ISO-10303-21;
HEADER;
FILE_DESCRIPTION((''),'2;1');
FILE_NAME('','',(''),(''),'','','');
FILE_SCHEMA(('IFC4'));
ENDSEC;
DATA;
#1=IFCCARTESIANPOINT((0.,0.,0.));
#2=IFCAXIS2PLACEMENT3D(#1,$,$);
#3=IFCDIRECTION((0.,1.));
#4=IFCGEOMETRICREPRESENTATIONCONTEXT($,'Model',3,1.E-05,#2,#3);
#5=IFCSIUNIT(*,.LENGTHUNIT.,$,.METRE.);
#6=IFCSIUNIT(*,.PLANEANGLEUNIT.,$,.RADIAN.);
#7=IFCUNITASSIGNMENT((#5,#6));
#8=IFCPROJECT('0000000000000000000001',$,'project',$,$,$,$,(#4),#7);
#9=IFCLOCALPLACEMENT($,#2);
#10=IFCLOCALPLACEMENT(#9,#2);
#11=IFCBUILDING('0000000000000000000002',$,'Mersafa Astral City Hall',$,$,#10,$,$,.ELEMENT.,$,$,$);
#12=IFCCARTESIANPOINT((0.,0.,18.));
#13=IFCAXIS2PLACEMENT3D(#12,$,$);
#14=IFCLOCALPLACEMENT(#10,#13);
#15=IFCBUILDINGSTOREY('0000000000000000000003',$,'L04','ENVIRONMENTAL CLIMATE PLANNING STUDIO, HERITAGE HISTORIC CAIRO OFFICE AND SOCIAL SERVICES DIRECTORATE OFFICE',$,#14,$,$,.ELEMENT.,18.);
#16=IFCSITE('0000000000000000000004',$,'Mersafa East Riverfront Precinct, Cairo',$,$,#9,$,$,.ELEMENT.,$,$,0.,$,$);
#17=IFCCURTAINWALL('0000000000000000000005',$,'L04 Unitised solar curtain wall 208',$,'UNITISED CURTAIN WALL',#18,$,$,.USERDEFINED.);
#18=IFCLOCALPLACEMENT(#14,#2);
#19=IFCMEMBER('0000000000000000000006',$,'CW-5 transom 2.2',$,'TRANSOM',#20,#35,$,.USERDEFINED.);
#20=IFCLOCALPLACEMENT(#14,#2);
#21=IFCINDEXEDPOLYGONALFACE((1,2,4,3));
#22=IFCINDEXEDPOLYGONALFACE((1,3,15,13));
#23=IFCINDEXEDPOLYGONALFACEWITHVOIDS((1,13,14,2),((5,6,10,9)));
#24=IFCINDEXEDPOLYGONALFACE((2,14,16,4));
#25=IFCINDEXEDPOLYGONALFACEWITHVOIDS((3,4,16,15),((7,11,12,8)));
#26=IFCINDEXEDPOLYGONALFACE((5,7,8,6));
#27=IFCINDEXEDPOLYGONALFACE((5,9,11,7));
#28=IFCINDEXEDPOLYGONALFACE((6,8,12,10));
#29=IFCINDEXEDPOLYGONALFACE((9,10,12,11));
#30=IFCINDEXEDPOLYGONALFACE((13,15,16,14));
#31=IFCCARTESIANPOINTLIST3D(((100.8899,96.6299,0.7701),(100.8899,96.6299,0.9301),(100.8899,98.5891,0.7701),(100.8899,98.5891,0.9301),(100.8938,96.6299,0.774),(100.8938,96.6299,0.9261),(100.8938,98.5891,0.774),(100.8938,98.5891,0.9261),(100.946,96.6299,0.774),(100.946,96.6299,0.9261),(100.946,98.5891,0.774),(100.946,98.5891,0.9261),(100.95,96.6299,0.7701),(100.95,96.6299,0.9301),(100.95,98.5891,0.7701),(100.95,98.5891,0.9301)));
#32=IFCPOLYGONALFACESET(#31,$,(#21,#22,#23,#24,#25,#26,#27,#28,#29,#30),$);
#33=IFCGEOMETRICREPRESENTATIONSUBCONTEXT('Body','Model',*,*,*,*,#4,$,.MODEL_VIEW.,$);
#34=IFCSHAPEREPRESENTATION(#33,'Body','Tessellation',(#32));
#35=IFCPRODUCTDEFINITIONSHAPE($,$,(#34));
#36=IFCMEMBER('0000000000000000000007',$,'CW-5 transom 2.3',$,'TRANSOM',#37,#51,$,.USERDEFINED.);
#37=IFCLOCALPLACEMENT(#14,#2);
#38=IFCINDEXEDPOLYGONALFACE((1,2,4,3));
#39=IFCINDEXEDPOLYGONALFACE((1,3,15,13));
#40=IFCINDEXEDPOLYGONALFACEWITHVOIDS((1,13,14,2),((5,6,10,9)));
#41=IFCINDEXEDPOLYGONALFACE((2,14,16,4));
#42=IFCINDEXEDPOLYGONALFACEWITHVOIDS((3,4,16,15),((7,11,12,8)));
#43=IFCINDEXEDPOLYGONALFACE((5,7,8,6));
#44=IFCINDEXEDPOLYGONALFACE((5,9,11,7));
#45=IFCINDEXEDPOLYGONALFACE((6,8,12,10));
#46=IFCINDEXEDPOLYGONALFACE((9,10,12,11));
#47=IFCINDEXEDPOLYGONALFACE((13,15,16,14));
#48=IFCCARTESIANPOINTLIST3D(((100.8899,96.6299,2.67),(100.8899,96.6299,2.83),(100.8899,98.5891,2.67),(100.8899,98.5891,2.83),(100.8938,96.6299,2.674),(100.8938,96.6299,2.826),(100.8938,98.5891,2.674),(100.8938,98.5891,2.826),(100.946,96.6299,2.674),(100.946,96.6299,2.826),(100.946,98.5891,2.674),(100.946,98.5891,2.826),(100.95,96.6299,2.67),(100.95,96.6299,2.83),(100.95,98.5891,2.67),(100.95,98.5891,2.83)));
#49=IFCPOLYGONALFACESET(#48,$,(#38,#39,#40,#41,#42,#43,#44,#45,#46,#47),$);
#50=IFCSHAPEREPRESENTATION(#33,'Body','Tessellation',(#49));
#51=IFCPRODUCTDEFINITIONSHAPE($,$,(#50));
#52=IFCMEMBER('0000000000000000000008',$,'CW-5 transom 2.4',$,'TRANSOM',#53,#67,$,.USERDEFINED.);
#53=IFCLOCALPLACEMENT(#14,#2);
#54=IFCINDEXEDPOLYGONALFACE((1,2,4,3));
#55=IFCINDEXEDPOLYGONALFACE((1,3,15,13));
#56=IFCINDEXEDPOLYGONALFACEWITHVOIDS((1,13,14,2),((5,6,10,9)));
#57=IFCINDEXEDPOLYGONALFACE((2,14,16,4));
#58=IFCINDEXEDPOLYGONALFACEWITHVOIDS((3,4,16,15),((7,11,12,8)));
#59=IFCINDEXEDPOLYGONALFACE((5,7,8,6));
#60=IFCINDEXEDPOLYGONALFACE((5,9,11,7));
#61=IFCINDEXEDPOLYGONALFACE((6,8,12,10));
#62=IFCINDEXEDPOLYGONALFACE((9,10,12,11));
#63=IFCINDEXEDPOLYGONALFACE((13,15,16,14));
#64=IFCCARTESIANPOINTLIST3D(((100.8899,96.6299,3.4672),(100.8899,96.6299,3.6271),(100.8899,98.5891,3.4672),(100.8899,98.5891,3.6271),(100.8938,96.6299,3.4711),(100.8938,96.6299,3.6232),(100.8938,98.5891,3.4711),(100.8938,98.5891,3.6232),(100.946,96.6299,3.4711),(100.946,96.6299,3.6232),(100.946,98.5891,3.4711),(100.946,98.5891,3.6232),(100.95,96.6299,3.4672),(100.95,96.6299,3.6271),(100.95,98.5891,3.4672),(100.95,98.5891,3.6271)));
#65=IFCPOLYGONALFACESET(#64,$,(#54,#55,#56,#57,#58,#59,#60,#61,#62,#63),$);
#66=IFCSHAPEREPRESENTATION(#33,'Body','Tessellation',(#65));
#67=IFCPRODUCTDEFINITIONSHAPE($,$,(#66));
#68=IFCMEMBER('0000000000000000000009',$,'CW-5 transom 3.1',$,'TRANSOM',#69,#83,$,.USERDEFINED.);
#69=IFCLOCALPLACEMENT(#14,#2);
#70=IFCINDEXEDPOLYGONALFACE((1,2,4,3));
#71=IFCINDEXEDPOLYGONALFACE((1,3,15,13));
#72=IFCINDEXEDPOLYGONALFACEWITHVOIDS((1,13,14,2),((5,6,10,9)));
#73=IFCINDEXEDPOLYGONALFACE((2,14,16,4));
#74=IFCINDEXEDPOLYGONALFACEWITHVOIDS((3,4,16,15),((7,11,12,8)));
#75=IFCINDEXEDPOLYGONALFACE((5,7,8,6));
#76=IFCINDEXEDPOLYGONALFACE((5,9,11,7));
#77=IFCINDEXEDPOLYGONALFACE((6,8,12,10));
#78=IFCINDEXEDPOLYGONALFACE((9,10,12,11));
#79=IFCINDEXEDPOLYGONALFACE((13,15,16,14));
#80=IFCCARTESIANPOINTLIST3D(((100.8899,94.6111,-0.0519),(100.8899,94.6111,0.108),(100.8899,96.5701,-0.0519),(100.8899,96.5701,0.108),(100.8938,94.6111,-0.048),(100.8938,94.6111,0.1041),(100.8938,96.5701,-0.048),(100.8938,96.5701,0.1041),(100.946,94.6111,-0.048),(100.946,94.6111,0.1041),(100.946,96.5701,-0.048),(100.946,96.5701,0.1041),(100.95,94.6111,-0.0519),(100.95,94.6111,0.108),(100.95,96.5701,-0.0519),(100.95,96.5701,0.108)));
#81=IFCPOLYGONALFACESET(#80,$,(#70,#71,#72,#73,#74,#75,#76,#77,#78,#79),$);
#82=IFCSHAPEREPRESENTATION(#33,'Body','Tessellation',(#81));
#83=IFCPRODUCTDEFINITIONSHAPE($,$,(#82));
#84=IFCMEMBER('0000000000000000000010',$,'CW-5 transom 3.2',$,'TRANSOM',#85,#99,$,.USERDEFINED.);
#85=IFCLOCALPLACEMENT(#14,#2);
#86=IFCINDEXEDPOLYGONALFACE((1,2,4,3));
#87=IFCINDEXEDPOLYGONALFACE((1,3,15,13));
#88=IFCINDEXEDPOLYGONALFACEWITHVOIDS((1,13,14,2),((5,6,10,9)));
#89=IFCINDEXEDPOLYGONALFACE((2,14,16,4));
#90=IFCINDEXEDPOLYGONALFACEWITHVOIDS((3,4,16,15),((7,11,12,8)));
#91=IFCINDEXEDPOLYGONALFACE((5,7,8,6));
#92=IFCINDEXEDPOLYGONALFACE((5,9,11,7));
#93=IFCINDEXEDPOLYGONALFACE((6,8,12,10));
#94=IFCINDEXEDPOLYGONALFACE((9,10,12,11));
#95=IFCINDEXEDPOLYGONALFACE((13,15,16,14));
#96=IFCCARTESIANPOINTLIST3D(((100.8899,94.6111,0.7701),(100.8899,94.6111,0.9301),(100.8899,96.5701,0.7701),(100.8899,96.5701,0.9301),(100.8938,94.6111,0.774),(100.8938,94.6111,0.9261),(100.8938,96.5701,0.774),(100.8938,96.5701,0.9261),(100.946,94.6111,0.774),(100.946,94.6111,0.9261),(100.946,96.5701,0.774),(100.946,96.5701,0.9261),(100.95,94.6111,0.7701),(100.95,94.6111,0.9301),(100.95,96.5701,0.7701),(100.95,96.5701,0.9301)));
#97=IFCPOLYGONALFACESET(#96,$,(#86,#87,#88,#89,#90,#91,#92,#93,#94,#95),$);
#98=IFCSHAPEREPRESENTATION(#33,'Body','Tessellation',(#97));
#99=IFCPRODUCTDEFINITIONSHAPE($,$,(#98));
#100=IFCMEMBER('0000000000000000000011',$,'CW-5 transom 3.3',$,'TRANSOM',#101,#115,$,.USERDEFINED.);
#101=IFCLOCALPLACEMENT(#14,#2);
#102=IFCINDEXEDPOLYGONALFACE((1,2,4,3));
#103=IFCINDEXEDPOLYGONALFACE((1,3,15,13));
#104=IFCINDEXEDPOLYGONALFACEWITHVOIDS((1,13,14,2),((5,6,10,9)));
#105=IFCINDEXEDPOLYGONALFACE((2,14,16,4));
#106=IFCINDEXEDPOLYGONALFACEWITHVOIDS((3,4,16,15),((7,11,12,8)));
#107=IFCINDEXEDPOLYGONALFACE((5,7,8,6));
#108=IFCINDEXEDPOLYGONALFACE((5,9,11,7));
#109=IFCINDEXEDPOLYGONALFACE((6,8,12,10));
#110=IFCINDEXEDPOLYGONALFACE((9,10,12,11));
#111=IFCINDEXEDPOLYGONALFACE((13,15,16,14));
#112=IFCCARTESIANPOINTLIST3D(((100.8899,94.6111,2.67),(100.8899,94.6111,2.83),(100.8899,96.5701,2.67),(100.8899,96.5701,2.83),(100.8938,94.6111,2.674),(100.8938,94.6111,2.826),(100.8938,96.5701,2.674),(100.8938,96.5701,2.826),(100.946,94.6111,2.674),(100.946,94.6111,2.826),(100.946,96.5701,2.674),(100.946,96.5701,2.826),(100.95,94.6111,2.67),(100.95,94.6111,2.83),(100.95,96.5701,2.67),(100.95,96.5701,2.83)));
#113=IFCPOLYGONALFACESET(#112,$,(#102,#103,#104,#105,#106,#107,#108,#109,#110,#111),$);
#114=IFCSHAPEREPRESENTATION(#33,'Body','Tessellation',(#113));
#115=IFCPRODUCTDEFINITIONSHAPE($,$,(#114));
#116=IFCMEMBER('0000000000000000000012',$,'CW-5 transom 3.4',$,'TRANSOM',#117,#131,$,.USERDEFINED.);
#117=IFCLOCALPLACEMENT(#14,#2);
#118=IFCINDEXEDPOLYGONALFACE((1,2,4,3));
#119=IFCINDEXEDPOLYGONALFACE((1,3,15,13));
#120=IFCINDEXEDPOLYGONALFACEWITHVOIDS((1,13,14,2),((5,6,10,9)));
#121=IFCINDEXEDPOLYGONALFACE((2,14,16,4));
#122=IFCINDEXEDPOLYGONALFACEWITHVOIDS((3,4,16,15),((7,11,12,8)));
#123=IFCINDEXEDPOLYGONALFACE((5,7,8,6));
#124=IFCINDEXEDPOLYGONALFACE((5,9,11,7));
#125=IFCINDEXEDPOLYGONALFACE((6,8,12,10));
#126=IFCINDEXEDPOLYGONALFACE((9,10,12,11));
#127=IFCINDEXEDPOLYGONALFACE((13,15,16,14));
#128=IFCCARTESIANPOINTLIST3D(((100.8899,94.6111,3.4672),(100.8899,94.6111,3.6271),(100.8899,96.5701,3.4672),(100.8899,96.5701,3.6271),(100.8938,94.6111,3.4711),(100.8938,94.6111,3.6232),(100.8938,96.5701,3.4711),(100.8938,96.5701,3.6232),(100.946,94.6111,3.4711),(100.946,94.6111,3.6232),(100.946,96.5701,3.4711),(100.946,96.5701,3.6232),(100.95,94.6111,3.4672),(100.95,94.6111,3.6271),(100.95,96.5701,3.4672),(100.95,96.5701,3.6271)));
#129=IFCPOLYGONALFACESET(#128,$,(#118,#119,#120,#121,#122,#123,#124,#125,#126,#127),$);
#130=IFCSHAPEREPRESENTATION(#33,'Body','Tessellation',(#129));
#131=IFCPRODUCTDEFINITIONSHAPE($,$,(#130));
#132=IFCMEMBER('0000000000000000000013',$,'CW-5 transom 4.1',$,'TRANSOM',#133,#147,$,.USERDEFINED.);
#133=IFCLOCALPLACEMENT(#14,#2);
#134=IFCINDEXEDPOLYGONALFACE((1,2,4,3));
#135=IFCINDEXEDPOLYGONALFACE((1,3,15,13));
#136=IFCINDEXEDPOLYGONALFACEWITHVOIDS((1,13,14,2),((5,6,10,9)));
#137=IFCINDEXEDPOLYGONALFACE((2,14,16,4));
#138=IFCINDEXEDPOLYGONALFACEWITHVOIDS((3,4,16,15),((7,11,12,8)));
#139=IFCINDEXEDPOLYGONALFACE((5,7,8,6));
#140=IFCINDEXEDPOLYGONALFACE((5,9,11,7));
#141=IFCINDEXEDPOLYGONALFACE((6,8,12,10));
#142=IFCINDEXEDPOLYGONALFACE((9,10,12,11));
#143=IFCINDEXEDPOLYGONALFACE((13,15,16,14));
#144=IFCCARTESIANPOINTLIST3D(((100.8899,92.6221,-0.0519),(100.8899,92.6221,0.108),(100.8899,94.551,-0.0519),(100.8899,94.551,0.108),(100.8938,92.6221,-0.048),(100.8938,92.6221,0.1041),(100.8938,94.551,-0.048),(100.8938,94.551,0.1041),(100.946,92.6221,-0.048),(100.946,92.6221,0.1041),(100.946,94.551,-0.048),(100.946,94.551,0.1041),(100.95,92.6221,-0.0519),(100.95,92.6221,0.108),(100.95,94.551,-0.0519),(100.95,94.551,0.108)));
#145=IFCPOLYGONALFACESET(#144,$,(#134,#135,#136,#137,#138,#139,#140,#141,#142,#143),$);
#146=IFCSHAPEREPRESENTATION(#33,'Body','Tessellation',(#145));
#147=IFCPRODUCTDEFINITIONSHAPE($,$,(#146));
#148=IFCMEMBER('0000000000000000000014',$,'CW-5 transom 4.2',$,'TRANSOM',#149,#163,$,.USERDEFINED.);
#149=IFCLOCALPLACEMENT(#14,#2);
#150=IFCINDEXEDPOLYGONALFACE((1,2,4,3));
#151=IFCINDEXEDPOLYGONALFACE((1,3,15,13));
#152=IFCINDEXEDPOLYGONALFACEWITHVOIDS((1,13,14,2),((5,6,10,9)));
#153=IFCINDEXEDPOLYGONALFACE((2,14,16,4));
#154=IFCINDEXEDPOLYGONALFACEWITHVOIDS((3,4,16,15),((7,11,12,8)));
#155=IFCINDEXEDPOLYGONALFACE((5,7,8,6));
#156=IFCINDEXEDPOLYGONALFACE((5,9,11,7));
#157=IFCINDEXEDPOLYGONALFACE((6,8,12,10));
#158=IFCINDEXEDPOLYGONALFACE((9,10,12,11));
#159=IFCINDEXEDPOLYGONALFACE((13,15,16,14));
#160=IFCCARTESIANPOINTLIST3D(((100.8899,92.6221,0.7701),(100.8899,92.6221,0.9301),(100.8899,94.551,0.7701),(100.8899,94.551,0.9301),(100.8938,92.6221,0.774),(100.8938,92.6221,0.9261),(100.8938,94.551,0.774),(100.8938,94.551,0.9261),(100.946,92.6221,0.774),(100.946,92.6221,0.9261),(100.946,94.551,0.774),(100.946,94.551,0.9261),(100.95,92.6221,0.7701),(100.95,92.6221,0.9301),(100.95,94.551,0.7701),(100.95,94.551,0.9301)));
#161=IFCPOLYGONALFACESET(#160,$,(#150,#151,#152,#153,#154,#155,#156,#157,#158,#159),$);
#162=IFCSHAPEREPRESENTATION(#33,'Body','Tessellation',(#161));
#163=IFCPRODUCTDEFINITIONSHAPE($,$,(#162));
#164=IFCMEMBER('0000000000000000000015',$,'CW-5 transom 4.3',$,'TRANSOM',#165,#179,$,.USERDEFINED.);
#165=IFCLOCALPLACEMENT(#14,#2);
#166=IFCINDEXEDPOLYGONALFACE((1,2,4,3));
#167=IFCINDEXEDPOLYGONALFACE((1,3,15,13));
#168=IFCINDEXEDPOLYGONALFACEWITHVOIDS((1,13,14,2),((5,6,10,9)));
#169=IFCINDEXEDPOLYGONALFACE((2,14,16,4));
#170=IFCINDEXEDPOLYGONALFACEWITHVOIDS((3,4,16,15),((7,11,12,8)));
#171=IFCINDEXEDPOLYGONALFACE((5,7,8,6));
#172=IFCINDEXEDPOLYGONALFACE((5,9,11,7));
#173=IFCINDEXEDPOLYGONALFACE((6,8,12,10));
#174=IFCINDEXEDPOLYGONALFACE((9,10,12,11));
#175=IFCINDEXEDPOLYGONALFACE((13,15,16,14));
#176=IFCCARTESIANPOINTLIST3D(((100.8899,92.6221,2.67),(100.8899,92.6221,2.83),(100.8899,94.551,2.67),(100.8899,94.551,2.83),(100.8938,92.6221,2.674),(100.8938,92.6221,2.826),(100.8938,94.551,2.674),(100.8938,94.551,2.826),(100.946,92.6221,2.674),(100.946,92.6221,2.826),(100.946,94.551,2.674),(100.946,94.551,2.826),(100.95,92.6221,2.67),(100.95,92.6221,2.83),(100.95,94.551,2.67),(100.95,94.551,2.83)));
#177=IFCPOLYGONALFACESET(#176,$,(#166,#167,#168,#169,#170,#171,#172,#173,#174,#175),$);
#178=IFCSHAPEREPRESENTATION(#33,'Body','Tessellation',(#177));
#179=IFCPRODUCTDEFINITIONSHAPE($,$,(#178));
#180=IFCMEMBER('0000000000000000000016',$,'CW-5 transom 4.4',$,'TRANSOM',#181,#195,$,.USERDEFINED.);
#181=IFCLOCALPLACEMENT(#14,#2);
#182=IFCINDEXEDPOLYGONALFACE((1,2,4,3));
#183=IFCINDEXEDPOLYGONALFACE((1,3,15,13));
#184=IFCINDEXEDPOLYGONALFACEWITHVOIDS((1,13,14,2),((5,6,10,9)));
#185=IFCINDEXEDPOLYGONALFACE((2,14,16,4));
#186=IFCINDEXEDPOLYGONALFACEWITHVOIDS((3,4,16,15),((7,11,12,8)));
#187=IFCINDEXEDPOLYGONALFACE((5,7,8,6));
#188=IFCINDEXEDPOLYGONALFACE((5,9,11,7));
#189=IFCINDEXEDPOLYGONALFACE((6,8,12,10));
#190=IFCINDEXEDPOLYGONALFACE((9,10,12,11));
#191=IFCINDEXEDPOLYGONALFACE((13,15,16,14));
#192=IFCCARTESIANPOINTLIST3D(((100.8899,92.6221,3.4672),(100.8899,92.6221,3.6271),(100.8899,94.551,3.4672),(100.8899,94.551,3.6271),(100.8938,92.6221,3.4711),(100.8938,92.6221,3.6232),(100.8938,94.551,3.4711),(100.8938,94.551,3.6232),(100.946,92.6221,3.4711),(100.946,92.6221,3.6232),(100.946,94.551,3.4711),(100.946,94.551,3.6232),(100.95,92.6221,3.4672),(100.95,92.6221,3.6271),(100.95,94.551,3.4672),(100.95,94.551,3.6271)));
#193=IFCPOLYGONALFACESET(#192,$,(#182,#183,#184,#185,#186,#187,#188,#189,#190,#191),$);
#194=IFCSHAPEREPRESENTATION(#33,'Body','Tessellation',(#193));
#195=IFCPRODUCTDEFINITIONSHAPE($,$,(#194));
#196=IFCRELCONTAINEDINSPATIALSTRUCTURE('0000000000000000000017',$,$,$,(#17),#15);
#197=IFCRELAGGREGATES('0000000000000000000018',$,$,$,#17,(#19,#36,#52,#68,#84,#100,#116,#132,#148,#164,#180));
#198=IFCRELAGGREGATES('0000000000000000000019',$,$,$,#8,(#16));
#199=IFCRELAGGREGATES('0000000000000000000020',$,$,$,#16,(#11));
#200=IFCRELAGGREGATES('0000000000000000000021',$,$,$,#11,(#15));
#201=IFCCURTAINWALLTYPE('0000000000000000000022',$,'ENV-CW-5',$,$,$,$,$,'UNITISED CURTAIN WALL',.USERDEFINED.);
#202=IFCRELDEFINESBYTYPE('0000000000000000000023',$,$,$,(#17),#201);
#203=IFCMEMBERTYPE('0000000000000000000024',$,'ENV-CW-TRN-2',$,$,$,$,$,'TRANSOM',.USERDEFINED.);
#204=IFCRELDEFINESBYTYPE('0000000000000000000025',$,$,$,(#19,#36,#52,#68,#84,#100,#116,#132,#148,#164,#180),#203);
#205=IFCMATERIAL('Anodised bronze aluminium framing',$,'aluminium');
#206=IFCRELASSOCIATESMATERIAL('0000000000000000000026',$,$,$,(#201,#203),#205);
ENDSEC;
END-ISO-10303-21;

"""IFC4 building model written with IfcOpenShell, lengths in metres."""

from ifc_helpers import new_model, si_unit, direction, frame, origin, origin_2d, place, context, subcontext, project, spatial, hollow_rectangle, extrude, material, material_profile, profile_set, type_object, element, aggregate, save


model = new_model("IFC4")

# Units and contexts
model_context = context("Model", 3, precision=1e-05, world=origin(), true_north=direction((0.0, 1.0)))
body_context = subcontext(model_context, "Body", "Model", "MODEL_VIEW")
ifc_project = project(units=[si_unit("LENGTHUNIT", "METRE"), si_unit("PLANEANGLEUNIT", "RADIAN")], contexts=[model_context])

# Site, building, storey
site_placement = place(None, origin())
site = spatial("IfcSite", under=ifc_project, at=site_placement, Name="Mersafa East Riverfront Precinct, Cairo", CompositionType="ELEMENT", RefElevation=0.0)
building_placement = place(site_placement, origin())
building = spatial("IfcBuilding", under=site, at=building_placement, Name="Mersafa Astral City Hall", CompositionType="ELEMENT")
storey_placement = place(building_placement, frame((0.0, 0.0, 18.0)))
storey = spatial("IfcBuildingStorey", under=building, at=storey_placement, Name="L04", Description="ENVIRONMENTAL CLIMATE PLANNING STUDIO, HERITAGE HISTORIC CAIRO OFFICE AND SOCIAL SERVICES DIRECTORATE OFFICE", CompositionType="ELEMENT", Elevation=18.0)

# Curtain wall, members
ifc_material_1 = material(Name="Anodised bronze aluminium framing", Category="aluminium")
curtain_wall_type = type_object("IfcCurtainWallType", Name="ENV-CW-5", ElementType="UNITISED CURTAIN WALL", PredefinedType="USERDEFINED", material=ifc_material_1)
curtain_wall_placement = place(storey_placement, origin())
curtain_wall = element("IfcCurtainWall", 1, at=curtain_wall_placement, inside=storey, type_object=curtain_wall_type, Name="L04 Unitised solar curtain wall 208", ObjectType="UNITISED CURTAIN WALL", PredefinedType="USERDEFINED")
ifc_material_profile_1 = material_profile(ifc_material_1, hollow_rectangle(XDim=0.0601, YDim=0.1599, WallThickness=0.0039, at=origin_2d()), Name="RHS 60x160x4")
ifc_profile_set_1 = profile_set([ifc_material_profile_1], Name="Anodised bronze aluminium framing")
member_type_1 = type_object("IfcMemberType", Name="ENV-CW-TRN-2", ElementType="TRANSOM", PredefinedType="USERDEFINED", material=ifc_profile_set_1)
member_1_placement = place(storey_placement, frame((100.9199, 98.5891, 0.8501), z_axis=(0.0, -1.0, 0.0), x_axis=(1.0, 0.0, 0.0)))
member_1 = element("IfcMember", 2, at=member_1_placement, type_object=member_type_1, Name="CW-5 transom 2.2", ObjectType="TRANSOM", PredefinedType="USERDEFINED", context=body_context, shape_type="SweptSolid", body=[
    extrude(hollow_rectangle(XDim=0.0601, YDim=0.1599, WallThickness=0.0039, at=origin_2d()), origin(), (0.0, 0.0, 1.0), 1.9592),
])
member_2_placement = place(storey_placement, frame((100.9199, 98.5891, 2.75), z_axis=(0.0, -1.0, 0.0), x_axis=(1.0, 0.0, 0.0)))
member_2 = element("IfcMember", 3, at=member_2_placement, type_object=member_type_1, Name="CW-5 transom 2.3", ObjectType="TRANSOM", PredefinedType="USERDEFINED", context=body_context, shape_type="SweptSolid", body=[
    extrude(hollow_rectangle(XDim=0.0601, YDim=0.1599, WallThickness=0.0039, at=origin_2d()), origin(), (0.0, 0.0, 1.0), 1.9592),
])
member_3_placement = place(storey_placement, frame((100.9199, 98.5891, 3.5471), z_axis=(0.0, -1.0, 0.0), x_axis=(1.0, 0.0, 0.0)))
member_3 = element("IfcMember", 4, at=member_3_placement, type_object=member_type_1, Name="CW-5 transom 2.4", ObjectType="TRANSOM", PredefinedType="USERDEFINED", context=body_context, shape_type="SweptSolid", body=[
    extrude(hollow_rectangle(XDim=0.0601, YDim=0.1599, WallThickness=0.0039, at=origin_2d()), origin(), (0.0, 0.0, 1.0), 1.9592),
])
member_4_placement = place(storey_placement, frame((100.9199, 96.5701, 0.0281), z_axis=(0.0, -1.0, 0.0), x_axis=(1.0, 0.0, 0.0)))
member_4 = element("IfcMember", 5, at=member_4_placement, type_object=member_type_1, Name="CW-5 transom 3.1", ObjectType="TRANSOM", PredefinedType="USERDEFINED", context=body_context, shape_type="SweptSolid", body=[
    extrude(hollow_rectangle(XDim=0.0601, YDim=0.1599, WallThickness=0.0039, at=origin_2d()), origin(), (0.0, 0.0, 1.0), 1.959),
])
member_5_placement = place(storey_placement, frame((100.9199, 96.5701, 0.8501), z_axis=(0.0, -1.0, 0.0), x_axis=(1.0, 0.0, 0.0)))
member_5 = element("IfcMember", 6, at=member_5_placement, type_object=member_type_1, Name="CW-5 transom 3.2", ObjectType="TRANSOM", PredefinedType="USERDEFINED", context=body_context, shape_type="SweptSolid", body=[
    extrude(hollow_rectangle(XDim=0.0601, YDim=0.1599, WallThickness=0.0039, at=origin_2d()), origin(), (0.0, 0.0, 1.0), 1.959),
])
member_6_placement = place(storey_placement, frame((100.9199, 96.5701, 2.75), z_axis=(0.0, -1.0, 0.0), x_axis=(1.0, 0.0, 0.0)))
member_6 = element("IfcMember", 7, at=member_6_placement, type_object=member_type_1, Name="CW-5 transom 3.3", ObjectType="TRANSOM", PredefinedType="USERDEFINED", context=body_context, shape_type="SweptSolid", body=[
    extrude(hollow_rectangle(XDim=0.0601, YDim=0.1599, WallThickness=0.0039, at=origin_2d()), origin(), (0.0, 0.0, 1.0), 1.959),
])
member_7_placement = place(storey_placement, frame((100.9199, 96.5701, 3.5471), z_axis=(0.0, -1.0, 0.0), x_axis=(1.0, 0.0, 0.0)))
member_7 = element("IfcMember", 8, at=member_7_placement, type_object=member_type_1, Name="CW-5 transom 3.4", ObjectType="TRANSOM", PredefinedType="USERDEFINED", context=body_context, shape_type="SweptSolid", body=[
    extrude(hollow_rectangle(XDim=0.0601, YDim=0.1599, WallThickness=0.0039, at=origin_2d()), origin(), (0.0, 0.0, 1.0), 1.959),
])
member_8_placement = place(storey_placement, frame((100.9199, 94.551, 0.0281), z_axis=(0.0, -1.0, 0.0), x_axis=(1.0, 0.0, 0.0)))
member_8 = element("IfcMember", 9, at=member_8_placement, type_object=member_type_1, Name="CW-5 transom 4.1", ObjectType="TRANSOM", PredefinedType="USERDEFINED", context=body_context, shape_type="SweptSolid", body=[
    extrude(hollow_rectangle(XDim=0.0601, YDim=0.1599, WallThickness=0.0039, at=origin_2d()), origin(), (0.0, 0.0, 1.0), 1.929),
])
member_9_placement = place(storey_placement, frame((100.9199, 94.551, 0.8501), z_axis=(0.0, -1.0, 0.0), x_axis=(1.0, 0.0, 0.0)))
member_9 = element("IfcMember", 10, at=member_9_placement, type_object=member_type_1, Name="CW-5 transom 4.2", ObjectType="TRANSOM", PredefinedType="USERDEFINED", context=body_context, shape_type="SweptSolid", body=[
    extrude(hollow_rectangle(XDim=0.0601, YDim=0.1599, WallThickness=0.0039, at=origin_2d()), origin(), (0.0, 0.0, 1.0), 1.929),
])
member_10_placement = place(storey_placement, frame((100.9199, 94.551, 2.75), z_axis=(0.0, -1.0, 0.0), x_axis=(1.0, 0.0, 0.0)))
member_10 = element("IfcMember", 11, at=member_10_placement, type_object=member_type_1, Name="CW-5 transom 4.3", ObjectType="TRANSOM", PredefinedType="USERDEFINED", context=body_context, shape_type="SweptSolid", body=[
    extrude(hollow_rectangle(XDim=0.0601, YDim=0.1599, WallThickness=0.0039, at=origin_2d()), origin(), (0.0, 0.0, 1.0), 1.929),
])
member_11_placement = place(storey_placement, frame((100.9199, 94.551, 3.5471), z_axis=(0.0, -1.0, 0.0), x_axis=(1.0, 0.0, 0.0)))
member_11 = element("IfcMember", 12, at=member_11_placement, type_object=member_type_1, Name="CW-5 transom 4.4", ObjectType="TRANSOM", PredefinedType="USERDEFINED", context=body_context, shape_type="SweptSolid", body=[
    extrude(hollow_rectangle(XDim=0.0601, YDim=0.1599, WallThickness=0.0039, at=origin_2d()), origin(), (0.0, 0.0, 1.0), 1.929),
])

aggregate(curtain_wall, [member_1, member_2, member_3, member_4, member_5, member_6, member_7, member_8, member_9, member_10, member_11])

save(model, "model.ifc")
